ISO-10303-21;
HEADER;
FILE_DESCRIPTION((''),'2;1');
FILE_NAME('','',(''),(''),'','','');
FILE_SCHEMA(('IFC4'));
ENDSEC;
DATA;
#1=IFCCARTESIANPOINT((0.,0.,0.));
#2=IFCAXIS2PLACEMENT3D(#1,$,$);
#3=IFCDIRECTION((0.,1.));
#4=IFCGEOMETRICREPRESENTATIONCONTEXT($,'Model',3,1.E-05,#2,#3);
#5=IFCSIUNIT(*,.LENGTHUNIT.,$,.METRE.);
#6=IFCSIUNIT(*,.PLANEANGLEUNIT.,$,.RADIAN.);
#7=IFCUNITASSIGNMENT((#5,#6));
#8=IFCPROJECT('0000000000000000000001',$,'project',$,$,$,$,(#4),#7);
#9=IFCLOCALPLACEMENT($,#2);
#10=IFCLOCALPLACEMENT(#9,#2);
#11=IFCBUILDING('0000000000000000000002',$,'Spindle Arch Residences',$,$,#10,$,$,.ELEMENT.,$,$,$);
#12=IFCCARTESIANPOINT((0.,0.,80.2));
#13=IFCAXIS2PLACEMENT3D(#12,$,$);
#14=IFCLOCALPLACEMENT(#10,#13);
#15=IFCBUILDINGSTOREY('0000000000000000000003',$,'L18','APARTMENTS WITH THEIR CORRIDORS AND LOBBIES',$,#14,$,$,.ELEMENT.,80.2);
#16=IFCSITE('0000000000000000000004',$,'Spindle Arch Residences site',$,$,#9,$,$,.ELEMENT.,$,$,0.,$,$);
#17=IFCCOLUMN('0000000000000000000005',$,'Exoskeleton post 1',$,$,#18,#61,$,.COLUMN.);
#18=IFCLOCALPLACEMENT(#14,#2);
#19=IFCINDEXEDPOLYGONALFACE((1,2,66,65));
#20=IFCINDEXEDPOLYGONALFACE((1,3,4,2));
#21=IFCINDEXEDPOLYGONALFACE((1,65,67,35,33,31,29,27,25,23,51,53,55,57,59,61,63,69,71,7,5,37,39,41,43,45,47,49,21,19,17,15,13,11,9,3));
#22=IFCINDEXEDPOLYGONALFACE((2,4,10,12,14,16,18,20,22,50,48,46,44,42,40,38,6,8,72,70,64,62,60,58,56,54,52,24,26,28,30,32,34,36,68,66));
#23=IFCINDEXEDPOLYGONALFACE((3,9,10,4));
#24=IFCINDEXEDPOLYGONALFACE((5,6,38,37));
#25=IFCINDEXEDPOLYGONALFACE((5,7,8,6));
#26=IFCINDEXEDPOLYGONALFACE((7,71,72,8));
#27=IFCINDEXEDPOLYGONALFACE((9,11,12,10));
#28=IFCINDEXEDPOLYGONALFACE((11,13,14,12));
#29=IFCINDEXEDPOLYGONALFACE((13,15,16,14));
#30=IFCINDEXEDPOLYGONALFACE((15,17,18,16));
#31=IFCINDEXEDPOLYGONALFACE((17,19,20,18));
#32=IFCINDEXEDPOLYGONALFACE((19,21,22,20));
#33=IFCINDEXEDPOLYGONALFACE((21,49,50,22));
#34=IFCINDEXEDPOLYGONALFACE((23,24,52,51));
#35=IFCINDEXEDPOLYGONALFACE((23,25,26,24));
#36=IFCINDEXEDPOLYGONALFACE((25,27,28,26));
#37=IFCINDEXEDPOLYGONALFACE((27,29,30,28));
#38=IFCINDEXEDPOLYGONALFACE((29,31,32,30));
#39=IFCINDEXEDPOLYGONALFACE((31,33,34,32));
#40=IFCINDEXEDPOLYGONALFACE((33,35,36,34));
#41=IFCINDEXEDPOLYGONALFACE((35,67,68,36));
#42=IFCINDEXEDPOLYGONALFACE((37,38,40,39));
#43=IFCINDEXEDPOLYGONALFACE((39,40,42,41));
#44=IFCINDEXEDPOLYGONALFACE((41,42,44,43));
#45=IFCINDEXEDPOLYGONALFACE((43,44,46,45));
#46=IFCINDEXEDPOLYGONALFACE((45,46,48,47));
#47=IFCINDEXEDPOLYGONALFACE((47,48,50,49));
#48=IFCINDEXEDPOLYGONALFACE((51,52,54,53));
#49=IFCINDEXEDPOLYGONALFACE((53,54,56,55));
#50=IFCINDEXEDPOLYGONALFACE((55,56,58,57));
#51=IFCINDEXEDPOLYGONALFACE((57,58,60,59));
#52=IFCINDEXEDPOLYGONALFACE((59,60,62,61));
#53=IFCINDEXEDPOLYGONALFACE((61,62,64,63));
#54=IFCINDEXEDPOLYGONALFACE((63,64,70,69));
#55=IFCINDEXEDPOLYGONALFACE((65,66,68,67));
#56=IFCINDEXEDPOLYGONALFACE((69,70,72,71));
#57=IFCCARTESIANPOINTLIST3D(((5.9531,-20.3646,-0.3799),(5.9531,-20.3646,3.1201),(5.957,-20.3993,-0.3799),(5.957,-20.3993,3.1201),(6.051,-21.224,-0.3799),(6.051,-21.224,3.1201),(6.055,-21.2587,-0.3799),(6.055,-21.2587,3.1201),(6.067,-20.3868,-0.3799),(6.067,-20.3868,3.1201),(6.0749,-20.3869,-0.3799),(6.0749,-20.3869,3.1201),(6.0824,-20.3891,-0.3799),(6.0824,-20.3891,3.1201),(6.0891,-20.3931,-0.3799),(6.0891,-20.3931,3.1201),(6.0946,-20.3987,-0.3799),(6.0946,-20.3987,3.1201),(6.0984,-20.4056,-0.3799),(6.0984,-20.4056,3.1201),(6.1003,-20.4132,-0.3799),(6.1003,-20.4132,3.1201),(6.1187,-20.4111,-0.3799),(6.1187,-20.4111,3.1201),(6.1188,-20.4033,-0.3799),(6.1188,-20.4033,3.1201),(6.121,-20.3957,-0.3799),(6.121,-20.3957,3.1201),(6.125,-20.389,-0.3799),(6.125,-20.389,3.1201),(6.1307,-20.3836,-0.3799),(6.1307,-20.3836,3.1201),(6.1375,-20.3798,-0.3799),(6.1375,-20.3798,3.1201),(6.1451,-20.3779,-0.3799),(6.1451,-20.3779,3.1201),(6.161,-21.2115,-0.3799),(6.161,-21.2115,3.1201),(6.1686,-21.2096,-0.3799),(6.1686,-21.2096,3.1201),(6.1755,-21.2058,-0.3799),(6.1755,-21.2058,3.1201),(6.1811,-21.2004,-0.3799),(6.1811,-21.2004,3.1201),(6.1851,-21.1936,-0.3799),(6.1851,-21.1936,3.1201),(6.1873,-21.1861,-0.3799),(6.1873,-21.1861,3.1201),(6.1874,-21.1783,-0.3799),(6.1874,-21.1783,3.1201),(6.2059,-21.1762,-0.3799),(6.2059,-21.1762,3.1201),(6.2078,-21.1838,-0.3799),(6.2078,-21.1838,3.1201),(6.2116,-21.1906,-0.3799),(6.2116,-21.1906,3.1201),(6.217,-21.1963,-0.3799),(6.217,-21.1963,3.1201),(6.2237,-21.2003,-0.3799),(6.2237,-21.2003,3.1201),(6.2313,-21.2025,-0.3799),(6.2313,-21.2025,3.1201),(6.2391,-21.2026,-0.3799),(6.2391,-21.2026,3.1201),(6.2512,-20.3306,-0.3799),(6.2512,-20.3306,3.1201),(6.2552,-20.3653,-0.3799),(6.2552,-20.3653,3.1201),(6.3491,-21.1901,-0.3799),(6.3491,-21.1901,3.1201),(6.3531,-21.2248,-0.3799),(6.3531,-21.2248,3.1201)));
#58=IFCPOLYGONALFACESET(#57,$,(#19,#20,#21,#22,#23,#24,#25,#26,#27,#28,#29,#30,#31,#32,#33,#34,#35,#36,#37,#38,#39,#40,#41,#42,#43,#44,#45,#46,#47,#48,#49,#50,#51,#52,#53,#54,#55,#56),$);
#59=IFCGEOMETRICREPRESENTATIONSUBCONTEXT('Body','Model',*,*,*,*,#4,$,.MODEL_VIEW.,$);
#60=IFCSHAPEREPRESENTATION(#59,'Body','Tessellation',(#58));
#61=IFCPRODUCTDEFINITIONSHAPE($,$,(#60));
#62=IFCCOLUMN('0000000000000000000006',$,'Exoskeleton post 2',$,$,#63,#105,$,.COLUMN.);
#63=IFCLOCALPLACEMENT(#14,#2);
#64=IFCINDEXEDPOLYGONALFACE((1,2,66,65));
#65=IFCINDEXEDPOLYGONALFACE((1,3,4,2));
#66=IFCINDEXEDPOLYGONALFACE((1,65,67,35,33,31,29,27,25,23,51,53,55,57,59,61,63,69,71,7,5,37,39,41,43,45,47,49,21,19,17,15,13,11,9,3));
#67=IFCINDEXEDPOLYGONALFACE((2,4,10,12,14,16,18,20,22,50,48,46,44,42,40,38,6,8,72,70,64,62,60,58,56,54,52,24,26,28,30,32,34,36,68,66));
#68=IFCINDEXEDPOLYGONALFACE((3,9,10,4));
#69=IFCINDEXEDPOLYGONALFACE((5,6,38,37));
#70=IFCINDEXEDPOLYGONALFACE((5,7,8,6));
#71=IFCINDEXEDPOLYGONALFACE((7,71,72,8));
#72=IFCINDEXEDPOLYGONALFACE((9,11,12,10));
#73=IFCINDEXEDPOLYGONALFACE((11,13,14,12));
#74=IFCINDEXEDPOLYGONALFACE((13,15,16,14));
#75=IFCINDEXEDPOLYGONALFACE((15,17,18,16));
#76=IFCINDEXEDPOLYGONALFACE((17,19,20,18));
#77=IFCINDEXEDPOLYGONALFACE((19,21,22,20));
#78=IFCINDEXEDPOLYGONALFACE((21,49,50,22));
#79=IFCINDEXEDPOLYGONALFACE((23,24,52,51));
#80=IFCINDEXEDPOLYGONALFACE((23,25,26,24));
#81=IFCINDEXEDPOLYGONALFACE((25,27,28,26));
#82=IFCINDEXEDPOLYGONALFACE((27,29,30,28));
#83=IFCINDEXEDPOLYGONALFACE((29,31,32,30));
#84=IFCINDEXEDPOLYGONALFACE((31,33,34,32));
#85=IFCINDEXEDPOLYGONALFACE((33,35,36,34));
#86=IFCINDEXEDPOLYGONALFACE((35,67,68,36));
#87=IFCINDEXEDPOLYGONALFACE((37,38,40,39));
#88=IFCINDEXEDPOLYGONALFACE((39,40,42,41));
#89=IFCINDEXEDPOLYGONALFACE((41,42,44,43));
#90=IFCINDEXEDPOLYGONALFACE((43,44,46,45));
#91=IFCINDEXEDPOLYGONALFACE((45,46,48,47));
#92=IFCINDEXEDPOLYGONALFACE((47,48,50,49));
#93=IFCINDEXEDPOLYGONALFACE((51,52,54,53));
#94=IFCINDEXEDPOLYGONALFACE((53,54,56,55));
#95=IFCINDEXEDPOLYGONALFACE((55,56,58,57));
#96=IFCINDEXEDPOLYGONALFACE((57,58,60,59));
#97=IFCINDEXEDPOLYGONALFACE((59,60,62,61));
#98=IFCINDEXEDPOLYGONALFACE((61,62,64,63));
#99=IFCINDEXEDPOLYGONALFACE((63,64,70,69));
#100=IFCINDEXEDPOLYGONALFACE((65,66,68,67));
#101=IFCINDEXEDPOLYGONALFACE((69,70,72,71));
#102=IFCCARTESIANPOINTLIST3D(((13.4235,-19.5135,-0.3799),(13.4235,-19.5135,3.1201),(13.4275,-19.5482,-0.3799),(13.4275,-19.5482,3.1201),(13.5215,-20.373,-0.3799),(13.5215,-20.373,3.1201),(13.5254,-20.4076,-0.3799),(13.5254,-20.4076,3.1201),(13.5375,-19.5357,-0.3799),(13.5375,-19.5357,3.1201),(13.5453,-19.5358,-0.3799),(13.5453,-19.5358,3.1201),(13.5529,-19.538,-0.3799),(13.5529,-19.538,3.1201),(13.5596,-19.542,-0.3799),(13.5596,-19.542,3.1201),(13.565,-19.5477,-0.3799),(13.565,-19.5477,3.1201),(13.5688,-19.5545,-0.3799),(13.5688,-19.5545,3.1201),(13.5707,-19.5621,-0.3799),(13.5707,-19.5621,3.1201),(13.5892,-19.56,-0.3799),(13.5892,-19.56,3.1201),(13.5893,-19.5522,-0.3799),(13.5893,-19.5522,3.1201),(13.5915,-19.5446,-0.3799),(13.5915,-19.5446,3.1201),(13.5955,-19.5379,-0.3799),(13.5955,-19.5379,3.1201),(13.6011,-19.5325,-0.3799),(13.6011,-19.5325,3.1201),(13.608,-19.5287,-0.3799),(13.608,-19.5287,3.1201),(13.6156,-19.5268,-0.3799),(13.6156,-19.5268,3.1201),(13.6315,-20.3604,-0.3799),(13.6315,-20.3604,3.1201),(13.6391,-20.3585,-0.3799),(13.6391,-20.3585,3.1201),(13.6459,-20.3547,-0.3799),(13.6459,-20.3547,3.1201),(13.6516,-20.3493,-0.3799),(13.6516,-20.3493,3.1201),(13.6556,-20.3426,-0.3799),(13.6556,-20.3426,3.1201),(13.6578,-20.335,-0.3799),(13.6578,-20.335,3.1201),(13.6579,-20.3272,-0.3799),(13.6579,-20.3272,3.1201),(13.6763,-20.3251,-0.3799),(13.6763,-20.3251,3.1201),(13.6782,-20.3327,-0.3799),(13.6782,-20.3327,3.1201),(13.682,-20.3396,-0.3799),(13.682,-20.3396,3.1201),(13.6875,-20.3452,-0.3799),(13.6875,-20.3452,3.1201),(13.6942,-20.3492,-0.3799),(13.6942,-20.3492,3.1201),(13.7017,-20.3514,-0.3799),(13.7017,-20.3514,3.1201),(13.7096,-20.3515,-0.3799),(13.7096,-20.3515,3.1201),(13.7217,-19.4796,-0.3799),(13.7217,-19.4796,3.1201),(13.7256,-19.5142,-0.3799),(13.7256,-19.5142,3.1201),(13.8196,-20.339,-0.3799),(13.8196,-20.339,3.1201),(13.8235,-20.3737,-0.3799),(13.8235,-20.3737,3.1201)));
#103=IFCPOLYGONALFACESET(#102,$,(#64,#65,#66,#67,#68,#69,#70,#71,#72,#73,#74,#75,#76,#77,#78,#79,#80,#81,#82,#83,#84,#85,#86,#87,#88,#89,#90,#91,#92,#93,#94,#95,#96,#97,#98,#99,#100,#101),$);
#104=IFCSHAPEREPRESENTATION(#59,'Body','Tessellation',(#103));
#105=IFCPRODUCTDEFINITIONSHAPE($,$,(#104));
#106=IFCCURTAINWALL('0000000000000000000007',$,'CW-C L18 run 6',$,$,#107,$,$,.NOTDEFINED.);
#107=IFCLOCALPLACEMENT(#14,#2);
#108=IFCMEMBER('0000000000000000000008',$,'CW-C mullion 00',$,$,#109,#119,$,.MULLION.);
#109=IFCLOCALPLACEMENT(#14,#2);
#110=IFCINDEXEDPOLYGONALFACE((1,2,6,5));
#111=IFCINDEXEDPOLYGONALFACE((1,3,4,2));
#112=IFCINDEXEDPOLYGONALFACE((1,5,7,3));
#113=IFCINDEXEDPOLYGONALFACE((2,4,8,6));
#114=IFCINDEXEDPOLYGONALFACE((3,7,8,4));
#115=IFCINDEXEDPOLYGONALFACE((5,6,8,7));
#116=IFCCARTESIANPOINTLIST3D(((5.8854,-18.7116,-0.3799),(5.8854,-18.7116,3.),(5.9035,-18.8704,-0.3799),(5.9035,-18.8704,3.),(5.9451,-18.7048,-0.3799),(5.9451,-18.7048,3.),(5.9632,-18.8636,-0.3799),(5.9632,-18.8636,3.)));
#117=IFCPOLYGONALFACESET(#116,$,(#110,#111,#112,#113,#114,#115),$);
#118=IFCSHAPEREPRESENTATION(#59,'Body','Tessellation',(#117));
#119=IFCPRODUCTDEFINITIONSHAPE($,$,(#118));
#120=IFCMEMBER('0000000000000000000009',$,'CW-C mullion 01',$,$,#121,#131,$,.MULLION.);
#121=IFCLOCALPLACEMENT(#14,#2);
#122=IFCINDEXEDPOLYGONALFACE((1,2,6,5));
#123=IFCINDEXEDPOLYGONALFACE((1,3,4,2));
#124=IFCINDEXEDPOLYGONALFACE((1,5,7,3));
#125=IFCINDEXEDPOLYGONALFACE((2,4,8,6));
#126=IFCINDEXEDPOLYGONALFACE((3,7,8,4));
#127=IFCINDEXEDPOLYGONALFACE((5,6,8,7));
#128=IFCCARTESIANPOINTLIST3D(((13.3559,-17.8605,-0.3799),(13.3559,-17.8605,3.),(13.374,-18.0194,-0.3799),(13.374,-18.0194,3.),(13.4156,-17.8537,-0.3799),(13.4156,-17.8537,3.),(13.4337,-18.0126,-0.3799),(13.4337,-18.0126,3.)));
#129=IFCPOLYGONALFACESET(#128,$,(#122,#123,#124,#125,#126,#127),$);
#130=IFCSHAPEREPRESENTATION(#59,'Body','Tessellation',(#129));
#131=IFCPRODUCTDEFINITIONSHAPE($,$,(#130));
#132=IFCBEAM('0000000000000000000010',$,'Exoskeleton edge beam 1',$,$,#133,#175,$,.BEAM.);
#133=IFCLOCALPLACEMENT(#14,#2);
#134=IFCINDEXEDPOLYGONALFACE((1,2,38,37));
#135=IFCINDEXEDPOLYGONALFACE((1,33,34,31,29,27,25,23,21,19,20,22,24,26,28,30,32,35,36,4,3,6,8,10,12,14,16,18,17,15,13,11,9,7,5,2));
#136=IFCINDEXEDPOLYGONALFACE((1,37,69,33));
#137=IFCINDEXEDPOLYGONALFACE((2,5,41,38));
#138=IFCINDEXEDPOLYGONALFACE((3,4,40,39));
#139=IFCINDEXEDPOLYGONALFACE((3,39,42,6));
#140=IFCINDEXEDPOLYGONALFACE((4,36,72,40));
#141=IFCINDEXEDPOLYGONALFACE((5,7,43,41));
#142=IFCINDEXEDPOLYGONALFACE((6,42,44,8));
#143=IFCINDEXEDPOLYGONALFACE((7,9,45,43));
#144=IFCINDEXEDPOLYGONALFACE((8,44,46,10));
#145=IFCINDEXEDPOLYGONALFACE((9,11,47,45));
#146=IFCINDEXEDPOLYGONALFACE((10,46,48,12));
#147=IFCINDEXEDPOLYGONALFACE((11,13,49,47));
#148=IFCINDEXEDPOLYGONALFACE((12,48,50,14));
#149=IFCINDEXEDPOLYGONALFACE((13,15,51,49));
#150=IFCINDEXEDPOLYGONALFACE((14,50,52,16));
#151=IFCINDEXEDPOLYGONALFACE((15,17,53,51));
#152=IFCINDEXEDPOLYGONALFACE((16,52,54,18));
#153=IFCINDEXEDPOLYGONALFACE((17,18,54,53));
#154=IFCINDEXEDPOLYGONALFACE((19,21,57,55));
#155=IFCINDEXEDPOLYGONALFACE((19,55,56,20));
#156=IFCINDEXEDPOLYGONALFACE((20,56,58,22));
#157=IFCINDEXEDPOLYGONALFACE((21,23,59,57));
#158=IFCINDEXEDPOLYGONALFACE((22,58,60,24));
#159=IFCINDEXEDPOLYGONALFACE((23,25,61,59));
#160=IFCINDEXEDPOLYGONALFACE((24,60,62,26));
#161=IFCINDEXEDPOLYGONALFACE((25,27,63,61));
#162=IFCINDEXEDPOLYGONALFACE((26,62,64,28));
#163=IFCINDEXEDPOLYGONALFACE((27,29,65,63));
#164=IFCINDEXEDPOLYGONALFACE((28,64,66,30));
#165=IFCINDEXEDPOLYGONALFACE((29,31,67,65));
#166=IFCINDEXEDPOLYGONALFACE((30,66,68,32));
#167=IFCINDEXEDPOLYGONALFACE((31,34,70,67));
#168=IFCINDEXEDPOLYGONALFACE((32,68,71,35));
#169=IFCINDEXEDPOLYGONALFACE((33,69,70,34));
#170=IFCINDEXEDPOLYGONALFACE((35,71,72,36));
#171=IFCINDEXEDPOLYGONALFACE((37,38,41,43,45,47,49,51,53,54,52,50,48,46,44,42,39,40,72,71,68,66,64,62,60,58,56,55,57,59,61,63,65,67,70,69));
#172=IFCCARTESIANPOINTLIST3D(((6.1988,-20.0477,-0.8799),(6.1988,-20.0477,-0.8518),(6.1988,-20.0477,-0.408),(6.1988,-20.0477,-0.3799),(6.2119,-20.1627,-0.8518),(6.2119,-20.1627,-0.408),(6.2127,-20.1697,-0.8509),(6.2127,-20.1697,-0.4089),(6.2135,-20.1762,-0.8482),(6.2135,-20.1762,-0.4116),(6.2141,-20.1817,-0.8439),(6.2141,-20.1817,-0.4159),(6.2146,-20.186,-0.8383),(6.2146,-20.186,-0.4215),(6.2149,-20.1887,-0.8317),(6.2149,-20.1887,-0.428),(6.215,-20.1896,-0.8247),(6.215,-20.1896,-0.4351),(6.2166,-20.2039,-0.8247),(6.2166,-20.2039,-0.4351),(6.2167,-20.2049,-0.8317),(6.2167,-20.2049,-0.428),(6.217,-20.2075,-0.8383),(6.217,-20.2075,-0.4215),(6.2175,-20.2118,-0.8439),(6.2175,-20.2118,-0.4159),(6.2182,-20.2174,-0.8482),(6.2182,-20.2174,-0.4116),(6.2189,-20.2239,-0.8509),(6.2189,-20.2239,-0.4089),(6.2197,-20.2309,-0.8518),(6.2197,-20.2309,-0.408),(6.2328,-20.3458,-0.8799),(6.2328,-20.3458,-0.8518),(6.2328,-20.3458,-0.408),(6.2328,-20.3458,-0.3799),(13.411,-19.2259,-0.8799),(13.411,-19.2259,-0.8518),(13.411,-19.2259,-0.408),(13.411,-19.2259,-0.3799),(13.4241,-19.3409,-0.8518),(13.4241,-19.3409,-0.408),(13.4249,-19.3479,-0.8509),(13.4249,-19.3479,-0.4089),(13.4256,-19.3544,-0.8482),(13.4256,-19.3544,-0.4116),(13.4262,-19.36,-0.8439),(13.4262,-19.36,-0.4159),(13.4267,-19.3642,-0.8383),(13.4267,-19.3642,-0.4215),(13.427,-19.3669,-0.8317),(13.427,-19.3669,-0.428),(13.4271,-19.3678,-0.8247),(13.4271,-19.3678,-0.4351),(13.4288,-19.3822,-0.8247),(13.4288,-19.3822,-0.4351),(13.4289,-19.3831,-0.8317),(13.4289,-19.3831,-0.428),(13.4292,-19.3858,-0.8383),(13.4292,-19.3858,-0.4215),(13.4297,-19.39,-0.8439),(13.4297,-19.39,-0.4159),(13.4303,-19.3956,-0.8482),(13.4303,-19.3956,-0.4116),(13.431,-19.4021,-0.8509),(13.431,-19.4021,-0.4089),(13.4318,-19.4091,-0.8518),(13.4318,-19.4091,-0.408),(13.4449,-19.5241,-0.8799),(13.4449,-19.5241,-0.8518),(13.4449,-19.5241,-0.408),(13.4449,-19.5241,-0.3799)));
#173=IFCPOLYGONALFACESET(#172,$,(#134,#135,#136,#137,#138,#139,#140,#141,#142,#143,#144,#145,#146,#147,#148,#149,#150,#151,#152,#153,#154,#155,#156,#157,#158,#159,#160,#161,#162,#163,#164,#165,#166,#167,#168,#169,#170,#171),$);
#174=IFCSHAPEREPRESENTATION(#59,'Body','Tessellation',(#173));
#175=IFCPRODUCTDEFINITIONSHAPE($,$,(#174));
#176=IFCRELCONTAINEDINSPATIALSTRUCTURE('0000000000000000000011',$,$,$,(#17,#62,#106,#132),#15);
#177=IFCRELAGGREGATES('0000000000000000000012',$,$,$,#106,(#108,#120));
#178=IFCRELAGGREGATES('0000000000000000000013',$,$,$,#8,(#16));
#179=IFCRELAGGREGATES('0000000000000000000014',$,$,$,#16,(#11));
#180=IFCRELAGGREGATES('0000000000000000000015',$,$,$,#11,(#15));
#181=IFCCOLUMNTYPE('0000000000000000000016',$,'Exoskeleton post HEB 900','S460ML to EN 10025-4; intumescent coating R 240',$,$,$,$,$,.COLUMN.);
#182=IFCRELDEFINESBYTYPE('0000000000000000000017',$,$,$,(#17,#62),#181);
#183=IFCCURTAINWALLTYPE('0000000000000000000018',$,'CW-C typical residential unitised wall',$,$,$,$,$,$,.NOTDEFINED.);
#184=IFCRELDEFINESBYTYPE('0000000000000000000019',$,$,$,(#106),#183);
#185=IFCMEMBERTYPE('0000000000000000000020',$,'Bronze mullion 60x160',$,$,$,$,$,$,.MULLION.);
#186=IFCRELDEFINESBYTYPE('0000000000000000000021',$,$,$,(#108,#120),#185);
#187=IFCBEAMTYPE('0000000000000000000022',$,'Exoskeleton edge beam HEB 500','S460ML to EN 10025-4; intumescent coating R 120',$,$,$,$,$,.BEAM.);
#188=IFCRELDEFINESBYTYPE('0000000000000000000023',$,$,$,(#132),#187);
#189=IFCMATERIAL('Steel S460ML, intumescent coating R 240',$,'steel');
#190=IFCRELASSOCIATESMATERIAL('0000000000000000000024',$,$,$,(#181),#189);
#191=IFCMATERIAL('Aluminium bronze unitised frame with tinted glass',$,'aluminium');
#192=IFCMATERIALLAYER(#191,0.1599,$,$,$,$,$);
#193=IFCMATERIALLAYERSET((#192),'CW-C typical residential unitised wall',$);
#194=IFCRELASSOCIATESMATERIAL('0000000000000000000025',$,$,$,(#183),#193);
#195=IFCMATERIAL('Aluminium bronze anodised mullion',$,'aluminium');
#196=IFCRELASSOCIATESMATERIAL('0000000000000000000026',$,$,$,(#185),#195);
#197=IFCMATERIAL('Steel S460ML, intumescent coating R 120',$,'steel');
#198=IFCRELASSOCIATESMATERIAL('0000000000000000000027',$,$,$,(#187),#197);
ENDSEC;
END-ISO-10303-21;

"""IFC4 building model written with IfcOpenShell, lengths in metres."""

from ifc_helpers import new_model, si_unit, direction, frame, origin, origin_2d, place, context, subcontext, project, spatial, rectangle, i_section, extrude, material, layer, layer_set, material_profile, profile_set, type_object, element, aggregate, save


model = new_model("IFC4")

# Units and contexts
model_context = context("Model", 3, precision=1e-05, world=origin(), true_north=direction((0.0, 1.0)))
body_context = subcontext(model_context, "Body", "Model", "MODEL_VIEW")
ifc_project = project(units=[si_unit("LENGTHUNIT", "METRE"), si_unit("PLANEANGLEUNIT", "RADIAN")], contexts=[model_context])

# Site, building, storey
site_placement = place(None, origin())
site = spatial("IfcSite", under=ifc_project, at=site_placement, Name="Spindle Arch Residences site", CompositionType="ELEMENT", RefElevation=0.0)
building_placement = place(site_placement, origin())
building = spatial("IfcBuilding", under=site, at=building_placement, Name="Spindle Arch Residences", CompositionType="ELEMENT")
storey_placement = place(building_placement, frame((0.0, 0.0, 80.2)))
storey = spatial("IfcBuildingStorey", under=building, at=storey_placement, Name="L18", Description="APARTMENTS WITH THEIR CORRIDORS AND LOBBIES", CompositionType="ELEMENT", Elevation=80.2)

# Columns
ifc_material_1 = material(Name="Steel S460ML, intumescent coating R 240", Category="steel")
ifc_material_profile_1 = material_profile(ifc_material_1, i_section(OverallWidth=0.3, OverallDepth=0.8999, WebThickness=0.0186, FlangeThickness=0.0349, FilletRadius=0.03, at=origin_2d()), Name="HEB 900")
ifc_profile_set_1 = profile_set([ifc_material_profile_1], Name="Steel S460ML, intumescent coating R 240")
column_type = type_object("IfcColumnType", Name="Exoskeleton post HEB 900", Description="S460ML to EN 10025-4; intumescent coating R 240", PredefinedType="COLUMN", material=ifc_profile_set_1)
for number, where, z_axis, x_axis, name in (
    (1, (6.1531, -20.7947, -0.3799), (0.0, 0.0, 1.0), (-0.993572, -0.113203, 0.0), "Exoskeleton post 1"),
    (2, (13.6235, -19.9436, -0.3799), (0.0, 0.0, 1.0), (-0.993572, -0.113203, 0.0), "Exoskeleton post 2"),
):
    element("IfcColumn", number, at=place(storey_placement, frame(where, z_axis=z_axis, x_axis=x_axis)), inside=storey, type_object=column_type, Name=name, PredefinedType="COLUMN", context=body_context, shape_type="SweptSolid", body=[
        extrude(i_section(OverallWidth=0.3, OverallDepth=0.8999, WebThickness=0.0186, FlangeThickness=0.0349, FilletRadius=0.03, at=origin_2d()), origin(), (0.0, 0.0, 1.0), 3.5),
    ])

# Curtain wall, members
ifc_material_2 = material(Name="Aluminium bronze unitised frame with tinted glass", Category="aluminium")
ifc_layer_1 = layer(ifc_material_2, 0.1599)
ifc_layer_set_1 = layer_set([ifc_layer_1], Name="CW-C typical residential unitised wall")
curtain_wall_type = type_object("IfcCurtainWallType", Name="CW-C typical residential unitised wall", PredefinedType="NOTDEFINED", material=ifc_layer_set_1)
curtain_wall_placement = place(storey_placement, origin())
curtain_wall = element("IfcCurtainWall", 3, at=curtain_wall_placement, inside=storey, type_object=curtain_wall_type, Name="CW-C L18 run 6", PredefinedType="NOTDEFINED")
ifc_material_3 = material(Name="Aluminium bronze anodised mullion", Category="aluminium")
ifc_material_profile_2 = material_profile(ifc_material_3, rectangle(XDim=0.1599, YDim=0.0601, at=origin_2d()), Name="MU 60x160")
ifc_profile_set_2 = profile_set([ifc_material_profile_2], Name="Aluminium bronze anodised mullion")
member_type = type_object("IfcMemberType", Name="Bronze mullion 60x160", PredefinedType="MULLION", material=ifc_profile_set_2)
member_1_placement = place(storey_placement, frame((5.9243, -18.7876, -0.3799), z_axis=(0.0, 0.0, 1.0), x_axis=(-0.113203, 0.993572, 0.0)))
member_1 = element("IfcMember", 4, at=member_1_placement, type_object=member_type, Name="CW-C mullion 00", PredefinedType="MULLION", context=body_context, shape_type="SweptSolid", body=[
    extrude(rectangle(XDim=0.1599, YDim=0.0601, at=origin_2d()), origin(), (0.0, 0.0, 1.0), 3.3799),
])
member_2_placement = place(storey_placement, frame((13.3948, -17.9365, -0.3799), z_axis=(0.0, 0.0, 1.0), x_axis=(-0.113203, 0.993572, 0.0)))
member_2 = element("IfcMember", 5, at=member_2_placement, type_object=member_type, Name="CW-C mullion 01", PredefinedType="MULLION", context=body_context, shape_type="SweptSolid", body=[
    extrude(rectangle(XDim=0.1599, YDim=0.0601, at=origin_2d()), origin(), (0.0, 0.0, 1.0), 3.3799),
])

# Beam
ifc_material_4 = material(Name="Steel S460ML, intumescent coating R 120", Category="steel")
ifc_material_profile_3 = material_profile(ifc_material_4, i_section(OverallWidth=0.3, OverallDepth=0.5, WebThickness=0.0144, FlangeThickness=0.0281, FilletRadius=0.0271, at=origin_2d()), Name="HEB 500")
ifc_profile_set_3 = profile_set([ifc_material_profile_3], Name="Steel S460ML, intumescent coating R 120")
beam_type_1 = type_object("IfcBeamType", Name="Exoskeleton edge beam HEB 500", Description="S460ML to EN 10025-4; intumescent coating R 120", PredefinedType="BEAM", material=ifc_profile_set_3)
for number, where, z_axis, x_axis, name in (
    (6, (6.2158, -20.1968, -0.6299), (0.993571, 0.113211, 0.0), (-0.113211, 0.993571, 0.0), "Exoskeleton edge beam 1"),
):
    element("IfcBeam", number, at=place(storey_placement, frame(where, z_axis=z_axis, x_axis=x_axis)), inside=storey, type_object=beam_type_1, Name=name, PredefinedType="BEAM", context=body_context, shape_type="SweptSolid", body=[
        extrude(i_section(OverallWidth=0.3, OverallDepth=0.5, WebThickness=0.0144, FlangeThickness=0.0281, FilletRadius=0.0271, at=origin_2d()), origin(), (0.0, 0.0, 1.0), 7.2588),
    ])

aggregate(curtain_wall, [member_1, member_2])

save(model, "model.ifc")
